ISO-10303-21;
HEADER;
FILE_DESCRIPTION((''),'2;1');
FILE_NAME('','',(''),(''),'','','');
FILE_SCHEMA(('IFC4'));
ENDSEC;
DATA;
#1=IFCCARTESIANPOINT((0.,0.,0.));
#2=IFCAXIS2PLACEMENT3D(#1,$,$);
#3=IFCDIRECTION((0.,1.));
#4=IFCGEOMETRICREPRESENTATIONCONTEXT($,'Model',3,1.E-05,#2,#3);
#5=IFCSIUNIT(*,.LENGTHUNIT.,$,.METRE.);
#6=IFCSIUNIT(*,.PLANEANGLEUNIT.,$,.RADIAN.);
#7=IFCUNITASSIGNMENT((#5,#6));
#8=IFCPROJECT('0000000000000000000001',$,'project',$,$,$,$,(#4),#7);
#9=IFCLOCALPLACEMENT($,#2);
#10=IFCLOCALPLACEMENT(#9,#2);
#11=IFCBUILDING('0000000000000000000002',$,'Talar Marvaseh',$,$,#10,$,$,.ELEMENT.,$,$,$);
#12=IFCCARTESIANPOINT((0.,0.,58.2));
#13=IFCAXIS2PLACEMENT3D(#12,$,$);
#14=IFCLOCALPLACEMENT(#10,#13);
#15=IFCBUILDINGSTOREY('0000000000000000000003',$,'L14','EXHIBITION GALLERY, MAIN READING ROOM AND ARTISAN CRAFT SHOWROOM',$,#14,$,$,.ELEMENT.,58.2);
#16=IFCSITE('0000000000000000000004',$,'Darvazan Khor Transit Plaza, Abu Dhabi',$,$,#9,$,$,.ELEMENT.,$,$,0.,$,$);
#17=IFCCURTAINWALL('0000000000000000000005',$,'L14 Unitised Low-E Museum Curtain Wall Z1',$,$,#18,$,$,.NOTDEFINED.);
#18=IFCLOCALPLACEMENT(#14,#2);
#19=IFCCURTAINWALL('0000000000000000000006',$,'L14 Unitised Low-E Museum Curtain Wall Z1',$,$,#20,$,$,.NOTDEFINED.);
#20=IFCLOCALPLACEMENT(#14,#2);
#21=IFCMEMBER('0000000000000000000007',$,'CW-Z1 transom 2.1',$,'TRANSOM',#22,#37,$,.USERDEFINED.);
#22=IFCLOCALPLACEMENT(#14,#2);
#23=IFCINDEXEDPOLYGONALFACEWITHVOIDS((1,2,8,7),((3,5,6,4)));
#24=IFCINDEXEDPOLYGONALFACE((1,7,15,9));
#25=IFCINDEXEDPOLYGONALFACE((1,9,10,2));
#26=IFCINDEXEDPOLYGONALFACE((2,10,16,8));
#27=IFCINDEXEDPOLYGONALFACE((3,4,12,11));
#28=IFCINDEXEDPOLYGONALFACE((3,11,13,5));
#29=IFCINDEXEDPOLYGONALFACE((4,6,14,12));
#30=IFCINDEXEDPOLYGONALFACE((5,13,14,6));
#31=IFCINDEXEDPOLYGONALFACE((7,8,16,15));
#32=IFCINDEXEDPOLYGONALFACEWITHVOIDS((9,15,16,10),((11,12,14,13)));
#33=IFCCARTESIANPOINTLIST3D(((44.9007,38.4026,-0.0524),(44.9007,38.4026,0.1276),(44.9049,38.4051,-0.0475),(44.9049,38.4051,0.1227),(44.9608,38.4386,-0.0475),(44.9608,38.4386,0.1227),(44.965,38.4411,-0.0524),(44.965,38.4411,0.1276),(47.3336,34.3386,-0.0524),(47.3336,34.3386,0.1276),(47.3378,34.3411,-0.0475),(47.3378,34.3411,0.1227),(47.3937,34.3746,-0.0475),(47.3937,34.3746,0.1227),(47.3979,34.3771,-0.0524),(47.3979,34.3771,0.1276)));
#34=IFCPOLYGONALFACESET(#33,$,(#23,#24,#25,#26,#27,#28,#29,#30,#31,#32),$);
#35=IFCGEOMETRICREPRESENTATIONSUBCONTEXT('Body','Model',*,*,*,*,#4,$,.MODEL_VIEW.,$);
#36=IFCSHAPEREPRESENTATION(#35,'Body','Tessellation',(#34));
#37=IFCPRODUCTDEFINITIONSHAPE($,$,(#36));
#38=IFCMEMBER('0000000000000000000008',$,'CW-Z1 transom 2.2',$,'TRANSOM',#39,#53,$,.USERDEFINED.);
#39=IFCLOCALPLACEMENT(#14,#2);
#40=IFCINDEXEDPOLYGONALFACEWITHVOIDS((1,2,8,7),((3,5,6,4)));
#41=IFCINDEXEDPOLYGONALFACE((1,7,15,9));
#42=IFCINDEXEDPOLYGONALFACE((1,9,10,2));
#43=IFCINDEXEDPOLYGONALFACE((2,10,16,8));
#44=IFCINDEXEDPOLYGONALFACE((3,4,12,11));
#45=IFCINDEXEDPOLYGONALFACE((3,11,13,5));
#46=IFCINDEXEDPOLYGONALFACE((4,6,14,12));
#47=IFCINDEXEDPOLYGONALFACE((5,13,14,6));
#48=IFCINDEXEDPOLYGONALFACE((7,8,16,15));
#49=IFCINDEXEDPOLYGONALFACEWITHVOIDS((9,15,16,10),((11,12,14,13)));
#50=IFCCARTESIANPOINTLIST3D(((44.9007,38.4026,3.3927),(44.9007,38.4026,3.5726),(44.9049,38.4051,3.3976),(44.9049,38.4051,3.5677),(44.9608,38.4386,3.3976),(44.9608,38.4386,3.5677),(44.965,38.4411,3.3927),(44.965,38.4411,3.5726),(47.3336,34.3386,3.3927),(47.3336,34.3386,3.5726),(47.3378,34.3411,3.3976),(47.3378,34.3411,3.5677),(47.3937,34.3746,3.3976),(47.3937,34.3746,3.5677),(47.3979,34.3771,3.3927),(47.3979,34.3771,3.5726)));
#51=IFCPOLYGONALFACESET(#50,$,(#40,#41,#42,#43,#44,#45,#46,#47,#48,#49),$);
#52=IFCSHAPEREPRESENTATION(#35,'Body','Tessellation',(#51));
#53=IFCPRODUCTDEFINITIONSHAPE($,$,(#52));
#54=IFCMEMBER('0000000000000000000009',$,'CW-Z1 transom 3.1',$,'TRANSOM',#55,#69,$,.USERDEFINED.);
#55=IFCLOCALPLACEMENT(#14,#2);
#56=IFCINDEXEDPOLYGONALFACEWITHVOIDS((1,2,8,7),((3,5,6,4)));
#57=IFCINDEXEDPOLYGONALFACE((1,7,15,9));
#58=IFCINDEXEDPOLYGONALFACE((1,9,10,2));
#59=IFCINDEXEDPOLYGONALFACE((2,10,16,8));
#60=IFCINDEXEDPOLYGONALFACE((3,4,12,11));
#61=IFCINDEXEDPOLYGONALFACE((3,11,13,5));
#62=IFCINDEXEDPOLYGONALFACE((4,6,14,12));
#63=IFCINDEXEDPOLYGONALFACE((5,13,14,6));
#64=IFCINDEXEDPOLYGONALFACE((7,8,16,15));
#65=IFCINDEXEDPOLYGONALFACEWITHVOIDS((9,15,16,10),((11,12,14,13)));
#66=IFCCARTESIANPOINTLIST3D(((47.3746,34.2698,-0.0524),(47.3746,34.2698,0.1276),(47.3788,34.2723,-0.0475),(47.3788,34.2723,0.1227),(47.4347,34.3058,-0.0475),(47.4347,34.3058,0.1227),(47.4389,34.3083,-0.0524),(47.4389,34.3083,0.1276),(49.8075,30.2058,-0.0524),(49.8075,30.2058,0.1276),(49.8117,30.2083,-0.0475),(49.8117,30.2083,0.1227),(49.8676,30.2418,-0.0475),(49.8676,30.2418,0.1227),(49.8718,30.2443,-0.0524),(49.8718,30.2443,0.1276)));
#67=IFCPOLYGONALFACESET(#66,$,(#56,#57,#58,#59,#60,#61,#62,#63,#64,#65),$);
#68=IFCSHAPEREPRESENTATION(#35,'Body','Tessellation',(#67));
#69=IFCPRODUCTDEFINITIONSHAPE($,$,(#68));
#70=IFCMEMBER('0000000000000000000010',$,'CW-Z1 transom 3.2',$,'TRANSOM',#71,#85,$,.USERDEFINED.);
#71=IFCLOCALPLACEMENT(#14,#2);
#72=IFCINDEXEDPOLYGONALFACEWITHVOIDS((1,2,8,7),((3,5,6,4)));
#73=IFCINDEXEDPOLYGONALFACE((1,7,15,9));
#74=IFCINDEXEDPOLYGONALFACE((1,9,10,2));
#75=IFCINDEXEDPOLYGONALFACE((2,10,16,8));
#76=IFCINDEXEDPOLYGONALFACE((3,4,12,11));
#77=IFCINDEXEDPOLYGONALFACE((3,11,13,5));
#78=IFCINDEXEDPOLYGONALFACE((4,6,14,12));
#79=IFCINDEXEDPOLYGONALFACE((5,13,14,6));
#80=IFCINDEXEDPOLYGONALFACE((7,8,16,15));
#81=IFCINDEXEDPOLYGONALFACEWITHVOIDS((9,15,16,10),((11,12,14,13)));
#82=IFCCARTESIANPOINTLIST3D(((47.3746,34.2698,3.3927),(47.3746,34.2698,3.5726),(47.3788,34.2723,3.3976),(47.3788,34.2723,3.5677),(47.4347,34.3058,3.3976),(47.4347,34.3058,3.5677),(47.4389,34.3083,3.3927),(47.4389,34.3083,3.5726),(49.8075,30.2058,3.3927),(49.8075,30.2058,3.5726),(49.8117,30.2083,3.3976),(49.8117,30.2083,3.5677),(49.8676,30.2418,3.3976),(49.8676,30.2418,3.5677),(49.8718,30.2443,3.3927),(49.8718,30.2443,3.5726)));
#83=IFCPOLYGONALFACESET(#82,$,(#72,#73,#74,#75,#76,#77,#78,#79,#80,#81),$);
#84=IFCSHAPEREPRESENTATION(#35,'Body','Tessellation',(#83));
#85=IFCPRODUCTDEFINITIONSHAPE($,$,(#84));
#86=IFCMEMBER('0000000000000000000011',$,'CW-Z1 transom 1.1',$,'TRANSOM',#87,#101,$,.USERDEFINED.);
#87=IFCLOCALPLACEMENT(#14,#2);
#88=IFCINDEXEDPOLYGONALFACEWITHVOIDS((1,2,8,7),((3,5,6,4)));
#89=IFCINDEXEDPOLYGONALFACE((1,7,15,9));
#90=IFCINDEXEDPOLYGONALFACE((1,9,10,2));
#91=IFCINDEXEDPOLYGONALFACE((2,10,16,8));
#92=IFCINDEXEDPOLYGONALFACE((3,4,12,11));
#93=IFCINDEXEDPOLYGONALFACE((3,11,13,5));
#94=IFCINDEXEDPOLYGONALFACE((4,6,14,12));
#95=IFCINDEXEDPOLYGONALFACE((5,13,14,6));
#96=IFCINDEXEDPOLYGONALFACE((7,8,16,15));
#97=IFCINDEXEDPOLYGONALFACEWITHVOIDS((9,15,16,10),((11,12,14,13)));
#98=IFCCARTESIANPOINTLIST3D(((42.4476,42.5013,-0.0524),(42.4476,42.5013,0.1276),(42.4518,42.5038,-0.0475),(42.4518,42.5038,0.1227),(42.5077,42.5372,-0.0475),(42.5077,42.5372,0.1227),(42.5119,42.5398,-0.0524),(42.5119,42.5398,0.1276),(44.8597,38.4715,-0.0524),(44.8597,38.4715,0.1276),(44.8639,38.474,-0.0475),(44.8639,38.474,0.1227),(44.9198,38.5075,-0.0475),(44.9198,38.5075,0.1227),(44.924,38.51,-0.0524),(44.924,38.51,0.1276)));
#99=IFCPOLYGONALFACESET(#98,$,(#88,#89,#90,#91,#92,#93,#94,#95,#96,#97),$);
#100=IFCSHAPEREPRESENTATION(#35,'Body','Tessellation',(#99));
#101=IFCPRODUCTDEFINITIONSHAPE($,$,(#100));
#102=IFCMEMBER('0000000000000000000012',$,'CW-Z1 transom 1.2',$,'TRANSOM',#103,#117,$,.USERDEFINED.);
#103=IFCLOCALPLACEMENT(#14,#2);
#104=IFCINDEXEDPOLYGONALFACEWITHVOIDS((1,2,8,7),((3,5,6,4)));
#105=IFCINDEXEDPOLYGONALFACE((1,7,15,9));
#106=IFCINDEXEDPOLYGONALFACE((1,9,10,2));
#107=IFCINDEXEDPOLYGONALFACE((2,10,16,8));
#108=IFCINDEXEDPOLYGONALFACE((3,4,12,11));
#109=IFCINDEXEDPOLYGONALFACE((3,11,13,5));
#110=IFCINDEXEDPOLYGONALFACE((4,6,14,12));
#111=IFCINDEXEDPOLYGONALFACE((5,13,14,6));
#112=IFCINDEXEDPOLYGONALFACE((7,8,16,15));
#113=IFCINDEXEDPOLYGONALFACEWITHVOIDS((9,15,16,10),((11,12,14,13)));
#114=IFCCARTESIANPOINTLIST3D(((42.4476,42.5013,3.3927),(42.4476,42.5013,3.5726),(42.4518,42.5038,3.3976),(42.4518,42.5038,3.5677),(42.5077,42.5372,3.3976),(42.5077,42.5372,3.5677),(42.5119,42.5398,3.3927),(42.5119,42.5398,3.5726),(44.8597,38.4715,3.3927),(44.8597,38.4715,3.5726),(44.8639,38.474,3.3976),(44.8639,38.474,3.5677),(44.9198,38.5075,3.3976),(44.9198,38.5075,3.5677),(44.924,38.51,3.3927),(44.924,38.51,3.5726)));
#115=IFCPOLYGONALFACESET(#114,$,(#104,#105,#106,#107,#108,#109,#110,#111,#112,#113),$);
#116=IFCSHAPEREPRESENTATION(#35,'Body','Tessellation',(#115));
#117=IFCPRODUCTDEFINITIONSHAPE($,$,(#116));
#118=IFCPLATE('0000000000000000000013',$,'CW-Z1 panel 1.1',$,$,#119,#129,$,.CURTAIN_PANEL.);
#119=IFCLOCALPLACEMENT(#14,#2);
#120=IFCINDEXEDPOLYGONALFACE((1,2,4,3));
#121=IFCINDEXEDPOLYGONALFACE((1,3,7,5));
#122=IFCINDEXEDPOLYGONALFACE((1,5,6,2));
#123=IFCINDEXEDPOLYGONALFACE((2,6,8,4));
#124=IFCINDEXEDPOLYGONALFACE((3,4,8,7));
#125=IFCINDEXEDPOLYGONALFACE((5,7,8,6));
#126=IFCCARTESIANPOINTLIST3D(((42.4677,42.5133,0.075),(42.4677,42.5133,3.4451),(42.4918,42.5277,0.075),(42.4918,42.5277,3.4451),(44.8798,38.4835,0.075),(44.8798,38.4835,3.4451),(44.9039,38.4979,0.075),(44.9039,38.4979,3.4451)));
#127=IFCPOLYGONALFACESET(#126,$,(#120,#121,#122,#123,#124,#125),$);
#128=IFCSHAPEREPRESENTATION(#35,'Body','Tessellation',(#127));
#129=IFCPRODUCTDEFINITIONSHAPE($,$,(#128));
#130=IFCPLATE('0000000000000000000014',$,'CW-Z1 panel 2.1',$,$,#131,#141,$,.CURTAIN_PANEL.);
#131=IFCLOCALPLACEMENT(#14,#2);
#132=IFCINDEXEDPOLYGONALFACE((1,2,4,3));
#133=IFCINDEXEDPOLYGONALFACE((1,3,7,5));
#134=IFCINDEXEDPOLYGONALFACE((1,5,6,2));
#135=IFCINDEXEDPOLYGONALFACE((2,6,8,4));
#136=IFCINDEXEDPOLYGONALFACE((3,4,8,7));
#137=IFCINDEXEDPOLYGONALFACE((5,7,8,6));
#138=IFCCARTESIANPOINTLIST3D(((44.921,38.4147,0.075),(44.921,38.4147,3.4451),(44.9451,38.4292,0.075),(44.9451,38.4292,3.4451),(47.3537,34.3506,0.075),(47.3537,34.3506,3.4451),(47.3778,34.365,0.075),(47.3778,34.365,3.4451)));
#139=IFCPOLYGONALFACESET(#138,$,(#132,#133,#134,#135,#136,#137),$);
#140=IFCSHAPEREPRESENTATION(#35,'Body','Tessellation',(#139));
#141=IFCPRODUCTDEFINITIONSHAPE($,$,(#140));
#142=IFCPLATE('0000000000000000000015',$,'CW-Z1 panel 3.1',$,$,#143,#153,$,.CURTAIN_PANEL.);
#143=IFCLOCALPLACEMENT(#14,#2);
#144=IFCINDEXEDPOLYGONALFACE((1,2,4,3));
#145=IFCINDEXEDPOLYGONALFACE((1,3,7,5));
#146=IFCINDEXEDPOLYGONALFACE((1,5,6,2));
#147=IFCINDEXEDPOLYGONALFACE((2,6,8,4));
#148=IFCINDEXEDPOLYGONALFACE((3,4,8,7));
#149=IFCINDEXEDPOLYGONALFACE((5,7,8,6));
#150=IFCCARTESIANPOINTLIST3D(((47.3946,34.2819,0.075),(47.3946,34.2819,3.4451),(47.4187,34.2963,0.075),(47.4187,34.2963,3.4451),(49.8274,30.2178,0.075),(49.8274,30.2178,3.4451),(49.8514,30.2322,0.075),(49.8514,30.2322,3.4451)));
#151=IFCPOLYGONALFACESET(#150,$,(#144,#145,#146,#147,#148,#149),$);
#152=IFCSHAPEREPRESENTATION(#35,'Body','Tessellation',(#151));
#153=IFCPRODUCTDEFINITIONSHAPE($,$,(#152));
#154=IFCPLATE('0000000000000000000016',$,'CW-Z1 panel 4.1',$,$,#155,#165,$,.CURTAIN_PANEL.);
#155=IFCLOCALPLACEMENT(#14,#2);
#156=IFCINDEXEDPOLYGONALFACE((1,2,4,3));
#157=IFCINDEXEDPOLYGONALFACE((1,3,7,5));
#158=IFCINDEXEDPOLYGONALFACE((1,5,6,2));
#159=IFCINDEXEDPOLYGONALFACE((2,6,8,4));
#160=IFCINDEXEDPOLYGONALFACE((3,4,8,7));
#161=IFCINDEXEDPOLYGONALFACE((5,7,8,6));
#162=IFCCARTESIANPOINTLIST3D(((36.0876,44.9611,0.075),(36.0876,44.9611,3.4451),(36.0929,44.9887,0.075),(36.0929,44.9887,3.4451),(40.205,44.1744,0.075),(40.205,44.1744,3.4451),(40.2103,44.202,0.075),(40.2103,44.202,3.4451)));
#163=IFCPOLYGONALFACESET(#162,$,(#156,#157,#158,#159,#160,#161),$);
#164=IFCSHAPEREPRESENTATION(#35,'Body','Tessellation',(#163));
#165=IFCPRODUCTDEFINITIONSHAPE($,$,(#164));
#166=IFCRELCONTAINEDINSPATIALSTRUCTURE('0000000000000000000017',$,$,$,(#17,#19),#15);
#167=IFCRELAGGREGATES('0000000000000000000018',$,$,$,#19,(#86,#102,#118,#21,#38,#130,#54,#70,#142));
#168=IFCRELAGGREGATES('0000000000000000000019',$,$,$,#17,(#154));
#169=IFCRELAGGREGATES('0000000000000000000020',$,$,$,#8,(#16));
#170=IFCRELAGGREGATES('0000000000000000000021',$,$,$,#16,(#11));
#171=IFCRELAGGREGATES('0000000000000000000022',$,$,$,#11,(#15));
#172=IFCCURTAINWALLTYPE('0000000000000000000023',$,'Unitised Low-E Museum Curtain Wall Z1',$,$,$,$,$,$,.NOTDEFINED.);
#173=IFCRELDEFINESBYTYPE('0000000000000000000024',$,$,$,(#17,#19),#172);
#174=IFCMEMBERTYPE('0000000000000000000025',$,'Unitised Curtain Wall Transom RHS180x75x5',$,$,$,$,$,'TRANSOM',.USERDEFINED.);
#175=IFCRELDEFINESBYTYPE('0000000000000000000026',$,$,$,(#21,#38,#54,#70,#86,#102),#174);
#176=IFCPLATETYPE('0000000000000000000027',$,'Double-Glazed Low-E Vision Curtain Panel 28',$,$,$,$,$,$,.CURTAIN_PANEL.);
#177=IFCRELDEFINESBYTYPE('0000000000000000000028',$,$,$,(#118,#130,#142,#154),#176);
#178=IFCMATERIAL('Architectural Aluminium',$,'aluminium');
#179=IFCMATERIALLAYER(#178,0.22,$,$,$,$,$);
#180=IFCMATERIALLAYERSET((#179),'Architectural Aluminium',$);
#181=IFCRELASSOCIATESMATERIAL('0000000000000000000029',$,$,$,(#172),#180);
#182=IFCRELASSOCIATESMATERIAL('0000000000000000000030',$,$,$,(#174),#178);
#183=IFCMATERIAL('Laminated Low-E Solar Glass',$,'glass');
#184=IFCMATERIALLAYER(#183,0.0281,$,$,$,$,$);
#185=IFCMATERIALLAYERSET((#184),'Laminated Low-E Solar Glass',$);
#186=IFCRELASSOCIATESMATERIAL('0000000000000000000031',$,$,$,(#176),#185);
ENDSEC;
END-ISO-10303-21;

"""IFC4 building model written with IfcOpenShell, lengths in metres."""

from ifc_helpers import new_model, si_unit, direction, frame, origin, origin_2d, place, context, subcontext, project, spatial, rectangle, hollow_rectangle, extrude, source, transform, mapped, material, layer, layer_set, material_profile, profile_set, type_object, type_shapes, element, aggregate, save


model = new_model("IFC4")

# Units and contexts
model_context = context("Model", 3, precision=1e-05, world=origin(), true_north=direction((0.0, 1.0)))
body_context = subcontext(model_context, "Body", "Model", "MODEL_VIEW")
ifc_project = project(units=[si_unit("LENGTHUNIT", "METRE"), si_unit("PLANEANGLEUNIT", "RADIAN")], contexts=[model_context])

# Site, building, storey
site_placement = place(None, origin())
site = spatial("IfcSite", under=ifc_project, at=site_placement, Name="Darvazan Khor Transit Plaza, Abu Dhabi", CompositionType="ELEMENT", RefElevation=0.0)
building_placement = place(site_placement, origin())
building = spatial("IfcBuilding", under=site, at=building_placement, Name="Talar Marvaseh", CompositionType="ELEMENT")
storey_placement = place(building_placement, frame((0.0, 0.0, 58.2)))
storey = spatial("IfcBuildingStorey", under=building, at=storey_placement, Name="L14", Description="EXHIBITION GALLERY, MAIN READING ROOM AND ARTISAN CRAFT SHOWROOM", CompositionType="ELEMENT", Elevation=58.2)

# Curtain wall
ifc_material_1 = material(Name="Architectural Aluminium", Category="aluminium")
ifc_layer_1 = layer(ifc_material_1, 0.22)
ifc_layer_set_1 = layer_set([ifc_layer_1], Name="Architectural Aluminium")
curtain_wall_type = type_object("IfcCurtainWallType", Name="Unitised Low-E Museum Curtain Wall Z1", PredefinedType="NOTDEFINED", material=ifc_layer_set_1)
curtain_wall_1_placement = place(storey_placement, origin())
curtain_wall_1 = element("IfcCurtainWall", 1, at=curtain_wall_1_placement, inside=storey, type_object=curtain_wall_type, Name="L14 Unitised Low-E Museum Curtain Wall Z1", PredefinedType="NOTDEFINED")

# Curtain wall, members, plates
curtain_wall_2_placement = place(storey_placement, origin())
curtain_wall_2 = element("IfcCurtainWall", 2, at=curtain_wall_2_placement, inside=storey, type_object=curtain_wall_type, Name="L14 Unitised Low-E Museum Curtain Wall Z1", PredefinedType="NOTDEFINED")
ifc_material_profile_1 = material_profile(ifc_material_1, hollow_rectangle(XDim=0.075, YDim=0.1799, WallThickness=0.0049, at=origin_2d()), Name="RHS180x75x5")
ifc_profile_set_1 = profile_set([ifc_material_profile_1], Name="Architectural Aluminium")
member_type_1 = type_object("IfcMemberType", Name="Unitised Curtain Wall Transom RHS180x75x5", ElementType="TRANSOM", PredefinedType="USERDEFINED", material=ifc_profile_set_1)
shared_shape_1 = source(origin(), body_context, "Body", "SweptSolid", [
    extrude(hollow_rectangle(XDim=0.075, YDim=0.1799, WallThickness=0.0049, at=origin_2d()), origin(), (0.0, 0.0, 1.0), 4.7366),
])
member_1_placement = place(storey_placement, frame((44.9329, 38.4219, 0.0376), z_axis=(0.513639, -0.858006, 0.0), x_axis=(0.858006, 0.513639, 0.0)))
member_1 = element("IfcMember", 3, at=member_1_placement, type_object=member_type_1, Name="CW-Z1 transom 2.1", ObjectType="TRANSOM", PredefinedType="USERDEFINED", context=body_context, shape_type="MappedRepresentation", body=[
    mapped(shared_shape_1, transform((0.0, 0.0, 0.0), x_axis=(1.0, 0.0, 0.0), y_axis=(0.0, 1.0, 0.0), z_axis=(0.0, 0.0, 1.0), scale=1.0)),
])
member_2_placement = place(storey_placement, frame((44.9329, 38.4219, 3.4827), z_axis=(0.513639, -0.858006, 0.0), x_axis=(0.858006, 0.513639, 0.0)))
member_2 = element("IfcMember", 4, at=member_2_placement, type_object=member_type_1, Name="CW-Z1 transom 2.2", ObjectType="TRANSOM", PredefinedType="USERDEFINED", context=body_context, shape_type="MappedRepresentation", body=[
    mapped(shared_shape_1, transform((0.0, 0.0, 0.0), x_axis=(1.0, 0.0, 0.0), y_axis=(0.0, 1.0, 0.0), z_axis=(0.0, 0.0, 1.0), scale=1.0)),
])
member_3_placement = place(storey_placement, frame((47.4067, 34.2891, 0.0376), z_axis=(0.513639, -0.858006, 0.0), x_axis=(0.858006, 0.513639, 0.0)))
member_3 = element("IfcMember", 5, at=member_3_placement, type_object=member_type_1, Name="CW-Z1 transom 3.1", ObjectType="TRANSOM", PredefinedType="USERDEFINED", context=body_context, shape_type="MappedRepresentation", body=[
    mapped(shared_shape_1, transform((0.0, 0.0, 0.0), x_axis=(1.0, 0.0, 0.0), y_axis=(0.0, 1.0, 0.0), z_axis=(0.0, 0.0, 1.0), scale=1.0)),
])
member_4_placement = place(storey_placement, frame((47.4067, 34.2891, 3.4827), z_axis=(0.513639, -0.858006, 0.0), x_axis=(0.858006, 0.513639, 0.0)))
member_4 = element("IfcMember", 6, at=member_4_placement, type_object=member_type_1, Name="CW-Z1 transom 3.2", ObjectType="TRANSOM", PredefinedType="USERDEFINED", context=body_context, shape_type="MappedRepresentation", body=[
    mapped(shared_shape_1, transform((0.0, 0.0, 0.0), x_axis=(1.0, 0.0, 0.0), y_axis=(0.0, 1.0, 0.0), z_axis=(0.0, 0.0, 1.0), scale=1.0)),
])
shared_shape_2 = source(origin(), body_context, "Body", "SweptSolid", [
    extrude(hollow_rectangle(XDim=0.075, YDim=0.1799, WallThickness=0.0049, at=origin_2d()), origin(), (0.0, 0.0, 1.0), 4.6965),
])
type_shapes(member_type_1, [shared_shape_1, shared_shape_2])
member_5_placement = place(storey_placement, frame((42.4797, 42.5205, 0.0376), z_axis=(0.513593, -0.858034, 0.0), x_axis=(0.858034, 0.513593, 0.0)))
member_5 = element("IfcMember", 7, at=member_5_placement, type_object=member_type_1, Name="CW-Z1 transom 1.1", ObjectType="TRANSOM", PredefinedType="USERDEFINED", context=body_context, shape_type="MappedRepresentation", body=[
    mapped(shared_shape_2, transform((0.0, 0.0, 0.0), x_axis=(1.0, 0.0, 0.0), y_axis=(0.0, 1.0, 0.0), z_axis=(0.0, 0.0, 1.0), scale=1.0)),
])
member_6_placement = place(storey_placement, frame((42.4797, 42.5205, 3.4827), z_axis=(0.513593, -0.858034, 0.0), x_axis=(0.858034, 0.513593, 0.0)))
member_6 = element("IfcMember", 8, at=member_6_placement, type_object=member_type_1, Name="CW-Z1 transom 1.2", ObjectType="TRANSOM", PredefinedType="USERDEFINED", context=body_context, shape_type="MappedRepresentation", body=[
    mapped(shared_shape_2, transform((0.0, 0.0, 0.0), x_axis=(1.0, 0.0, 0.0), y_axis=(0.0, 1.0, 0.0), z_axis=(0.0, 0.0, 1.0), scale=1.0)),
])
ifc_material_2 = material(Name="Laminated Low-E Solar Glass", Category="glass")
ifc_layer_2 = layer(ifc_material_2, 0.0281)
ifc_layer_set_2 = layer_set([ifc_layer_2], Name="Laminated Low-E Solar Glass")
plate_type = type_object("IfcPlateType", Name="Double-Glazed Low-E Vision Curtain Panel 28", PredefinedType="CURTAIN_PANEL", material=ifc_layer_set_2)
shared_shape_3 = source(origin(), body_context, "Body", "SweptSolid", [
    extrude(rectangle(XDim=4.6965, YDim=0.0281, at=origin_2d()), origin(), (0.0, 0.0, 1.0), 3.3701),
])
plate_1_placement = place(storey_placement, frame((43.6858, 40.5056, 0.075), z_axis=(0.0, 0.0, 1.0), x_axis=(0.513602, -0.858029, 0.0)))
plate_1 = element("IfcPlate", 9, at=plate_1_placement, type_object=plate_type, Name="CW-Z1 panel 1.1", PredefinedType="CURTAIN_PANEL", context=body_context, shape_type="MappedRepresentation", body=[
    mapped(shared_shape_3, transform((0.0, 0.0, 0.0), x_axis=(1.0, 0.0, 0.0), y_axis=(0.0, 1.0, 0.0), z_axis=(0.0, 0.0, 1.0), scale=1.0)),
])
shared_shape_4 = source(origin(), body_context, "Body", "SweptSolid", [
    extrude(rectangle(XDim=4.7366, YDim=0.0281, at=origin_2d()), origin(), (0.0, 0.0, 1.0), 3.3701),
])
plate_2_placement = place(storey_placement, frame((46.1494, 36.3899, 0.075), z_axis=(0.0, 0.0, 1.0), x_axis=(0.513602, -0.858029, 0.0)))
plate_2 = element("IfcPlate", 10, at=plate_2_placement, type_object=plate_type, Name="CW-Z1 panel 2.1", PredefinedType="CURTAIN_PANEL", context=body_context, shape_type="MappedRepresentation", body=[
    mapped(shared_shape_4, transform((0.0, 0.0, 0.0), x_axis=(1.0, 0.0, 0.0), y_axis=(0.0, 1.0, 0.0), z_axis=(0.0, 0.0, 1.0), scale=1.0)),
])
plate_3_placement = place(storey_placement, frame((48.623, 32.2571, 0.075), z_axis=(0.0, 0.0, 1.0), x_axis=(0.513602, -0.858029, 0.0)))
plate_3 = element("IfcPlate", 11, at=plate_3_placement, type_object=plate_type, Name="CW-Z1 panel 3.1", PredefinedType="CURTAIN_PANEL", context=body_context, shape_type="MappedRepresentation", body=[
    mapped(shared_shape_4, transform((0.0, 0.0, 0.0), x_axis=(1.0, 0.0, 0.0), y_axis=(0.0, 1.0, 0.0), z_axis=(0.0, 0.0, 1.0), scale=1.0)),
])
aggregate(curtain_wall_2, [member_5, member_6, plate_1, member_1, member_2, plate_2, member_3, member_4, plate_3])

# Plate
shared_shape_5 = source(origin(), body_context, "Body", "SweptSolid", [
    extrude(rectangle(XDim=4.1919, YDim=0.0281, at=origin_2d()), origin(), (0.0, 0.0, 1.0), 3.3701),
])
type_shapes(plate_type, [shared_shape_3, shared_shape_4, shared_shape_5])
plate_4_placement = place(storey_placement, frame((38.1489, 44.5815, 0.075), z_axis=(0.0, 0.0, 1.0), x_axis=(0.982229, -0.187685, 0.0)))
plate_4 = element("IfcPlate", 12, at=plate_4_placement, type_object=plate_type, Name="CW-Z1 panel 4.1", PredefinedType="CURTAIN_PANEL", context=body_context, shape_type="MappedRepresentation", body=[
    mapped(shared_shape_5, transform((0.0, 0.0, 0.0), x_axis=(1.0, 0.0, 0.0), y_axis=(0.0, 1.0, 0.0), z_axis=(0.0, 0.0, 1.0), scale=1.0)),
])
aggregate(curtain_wall_1, [plate_4])

save(model, "model.ifc")
